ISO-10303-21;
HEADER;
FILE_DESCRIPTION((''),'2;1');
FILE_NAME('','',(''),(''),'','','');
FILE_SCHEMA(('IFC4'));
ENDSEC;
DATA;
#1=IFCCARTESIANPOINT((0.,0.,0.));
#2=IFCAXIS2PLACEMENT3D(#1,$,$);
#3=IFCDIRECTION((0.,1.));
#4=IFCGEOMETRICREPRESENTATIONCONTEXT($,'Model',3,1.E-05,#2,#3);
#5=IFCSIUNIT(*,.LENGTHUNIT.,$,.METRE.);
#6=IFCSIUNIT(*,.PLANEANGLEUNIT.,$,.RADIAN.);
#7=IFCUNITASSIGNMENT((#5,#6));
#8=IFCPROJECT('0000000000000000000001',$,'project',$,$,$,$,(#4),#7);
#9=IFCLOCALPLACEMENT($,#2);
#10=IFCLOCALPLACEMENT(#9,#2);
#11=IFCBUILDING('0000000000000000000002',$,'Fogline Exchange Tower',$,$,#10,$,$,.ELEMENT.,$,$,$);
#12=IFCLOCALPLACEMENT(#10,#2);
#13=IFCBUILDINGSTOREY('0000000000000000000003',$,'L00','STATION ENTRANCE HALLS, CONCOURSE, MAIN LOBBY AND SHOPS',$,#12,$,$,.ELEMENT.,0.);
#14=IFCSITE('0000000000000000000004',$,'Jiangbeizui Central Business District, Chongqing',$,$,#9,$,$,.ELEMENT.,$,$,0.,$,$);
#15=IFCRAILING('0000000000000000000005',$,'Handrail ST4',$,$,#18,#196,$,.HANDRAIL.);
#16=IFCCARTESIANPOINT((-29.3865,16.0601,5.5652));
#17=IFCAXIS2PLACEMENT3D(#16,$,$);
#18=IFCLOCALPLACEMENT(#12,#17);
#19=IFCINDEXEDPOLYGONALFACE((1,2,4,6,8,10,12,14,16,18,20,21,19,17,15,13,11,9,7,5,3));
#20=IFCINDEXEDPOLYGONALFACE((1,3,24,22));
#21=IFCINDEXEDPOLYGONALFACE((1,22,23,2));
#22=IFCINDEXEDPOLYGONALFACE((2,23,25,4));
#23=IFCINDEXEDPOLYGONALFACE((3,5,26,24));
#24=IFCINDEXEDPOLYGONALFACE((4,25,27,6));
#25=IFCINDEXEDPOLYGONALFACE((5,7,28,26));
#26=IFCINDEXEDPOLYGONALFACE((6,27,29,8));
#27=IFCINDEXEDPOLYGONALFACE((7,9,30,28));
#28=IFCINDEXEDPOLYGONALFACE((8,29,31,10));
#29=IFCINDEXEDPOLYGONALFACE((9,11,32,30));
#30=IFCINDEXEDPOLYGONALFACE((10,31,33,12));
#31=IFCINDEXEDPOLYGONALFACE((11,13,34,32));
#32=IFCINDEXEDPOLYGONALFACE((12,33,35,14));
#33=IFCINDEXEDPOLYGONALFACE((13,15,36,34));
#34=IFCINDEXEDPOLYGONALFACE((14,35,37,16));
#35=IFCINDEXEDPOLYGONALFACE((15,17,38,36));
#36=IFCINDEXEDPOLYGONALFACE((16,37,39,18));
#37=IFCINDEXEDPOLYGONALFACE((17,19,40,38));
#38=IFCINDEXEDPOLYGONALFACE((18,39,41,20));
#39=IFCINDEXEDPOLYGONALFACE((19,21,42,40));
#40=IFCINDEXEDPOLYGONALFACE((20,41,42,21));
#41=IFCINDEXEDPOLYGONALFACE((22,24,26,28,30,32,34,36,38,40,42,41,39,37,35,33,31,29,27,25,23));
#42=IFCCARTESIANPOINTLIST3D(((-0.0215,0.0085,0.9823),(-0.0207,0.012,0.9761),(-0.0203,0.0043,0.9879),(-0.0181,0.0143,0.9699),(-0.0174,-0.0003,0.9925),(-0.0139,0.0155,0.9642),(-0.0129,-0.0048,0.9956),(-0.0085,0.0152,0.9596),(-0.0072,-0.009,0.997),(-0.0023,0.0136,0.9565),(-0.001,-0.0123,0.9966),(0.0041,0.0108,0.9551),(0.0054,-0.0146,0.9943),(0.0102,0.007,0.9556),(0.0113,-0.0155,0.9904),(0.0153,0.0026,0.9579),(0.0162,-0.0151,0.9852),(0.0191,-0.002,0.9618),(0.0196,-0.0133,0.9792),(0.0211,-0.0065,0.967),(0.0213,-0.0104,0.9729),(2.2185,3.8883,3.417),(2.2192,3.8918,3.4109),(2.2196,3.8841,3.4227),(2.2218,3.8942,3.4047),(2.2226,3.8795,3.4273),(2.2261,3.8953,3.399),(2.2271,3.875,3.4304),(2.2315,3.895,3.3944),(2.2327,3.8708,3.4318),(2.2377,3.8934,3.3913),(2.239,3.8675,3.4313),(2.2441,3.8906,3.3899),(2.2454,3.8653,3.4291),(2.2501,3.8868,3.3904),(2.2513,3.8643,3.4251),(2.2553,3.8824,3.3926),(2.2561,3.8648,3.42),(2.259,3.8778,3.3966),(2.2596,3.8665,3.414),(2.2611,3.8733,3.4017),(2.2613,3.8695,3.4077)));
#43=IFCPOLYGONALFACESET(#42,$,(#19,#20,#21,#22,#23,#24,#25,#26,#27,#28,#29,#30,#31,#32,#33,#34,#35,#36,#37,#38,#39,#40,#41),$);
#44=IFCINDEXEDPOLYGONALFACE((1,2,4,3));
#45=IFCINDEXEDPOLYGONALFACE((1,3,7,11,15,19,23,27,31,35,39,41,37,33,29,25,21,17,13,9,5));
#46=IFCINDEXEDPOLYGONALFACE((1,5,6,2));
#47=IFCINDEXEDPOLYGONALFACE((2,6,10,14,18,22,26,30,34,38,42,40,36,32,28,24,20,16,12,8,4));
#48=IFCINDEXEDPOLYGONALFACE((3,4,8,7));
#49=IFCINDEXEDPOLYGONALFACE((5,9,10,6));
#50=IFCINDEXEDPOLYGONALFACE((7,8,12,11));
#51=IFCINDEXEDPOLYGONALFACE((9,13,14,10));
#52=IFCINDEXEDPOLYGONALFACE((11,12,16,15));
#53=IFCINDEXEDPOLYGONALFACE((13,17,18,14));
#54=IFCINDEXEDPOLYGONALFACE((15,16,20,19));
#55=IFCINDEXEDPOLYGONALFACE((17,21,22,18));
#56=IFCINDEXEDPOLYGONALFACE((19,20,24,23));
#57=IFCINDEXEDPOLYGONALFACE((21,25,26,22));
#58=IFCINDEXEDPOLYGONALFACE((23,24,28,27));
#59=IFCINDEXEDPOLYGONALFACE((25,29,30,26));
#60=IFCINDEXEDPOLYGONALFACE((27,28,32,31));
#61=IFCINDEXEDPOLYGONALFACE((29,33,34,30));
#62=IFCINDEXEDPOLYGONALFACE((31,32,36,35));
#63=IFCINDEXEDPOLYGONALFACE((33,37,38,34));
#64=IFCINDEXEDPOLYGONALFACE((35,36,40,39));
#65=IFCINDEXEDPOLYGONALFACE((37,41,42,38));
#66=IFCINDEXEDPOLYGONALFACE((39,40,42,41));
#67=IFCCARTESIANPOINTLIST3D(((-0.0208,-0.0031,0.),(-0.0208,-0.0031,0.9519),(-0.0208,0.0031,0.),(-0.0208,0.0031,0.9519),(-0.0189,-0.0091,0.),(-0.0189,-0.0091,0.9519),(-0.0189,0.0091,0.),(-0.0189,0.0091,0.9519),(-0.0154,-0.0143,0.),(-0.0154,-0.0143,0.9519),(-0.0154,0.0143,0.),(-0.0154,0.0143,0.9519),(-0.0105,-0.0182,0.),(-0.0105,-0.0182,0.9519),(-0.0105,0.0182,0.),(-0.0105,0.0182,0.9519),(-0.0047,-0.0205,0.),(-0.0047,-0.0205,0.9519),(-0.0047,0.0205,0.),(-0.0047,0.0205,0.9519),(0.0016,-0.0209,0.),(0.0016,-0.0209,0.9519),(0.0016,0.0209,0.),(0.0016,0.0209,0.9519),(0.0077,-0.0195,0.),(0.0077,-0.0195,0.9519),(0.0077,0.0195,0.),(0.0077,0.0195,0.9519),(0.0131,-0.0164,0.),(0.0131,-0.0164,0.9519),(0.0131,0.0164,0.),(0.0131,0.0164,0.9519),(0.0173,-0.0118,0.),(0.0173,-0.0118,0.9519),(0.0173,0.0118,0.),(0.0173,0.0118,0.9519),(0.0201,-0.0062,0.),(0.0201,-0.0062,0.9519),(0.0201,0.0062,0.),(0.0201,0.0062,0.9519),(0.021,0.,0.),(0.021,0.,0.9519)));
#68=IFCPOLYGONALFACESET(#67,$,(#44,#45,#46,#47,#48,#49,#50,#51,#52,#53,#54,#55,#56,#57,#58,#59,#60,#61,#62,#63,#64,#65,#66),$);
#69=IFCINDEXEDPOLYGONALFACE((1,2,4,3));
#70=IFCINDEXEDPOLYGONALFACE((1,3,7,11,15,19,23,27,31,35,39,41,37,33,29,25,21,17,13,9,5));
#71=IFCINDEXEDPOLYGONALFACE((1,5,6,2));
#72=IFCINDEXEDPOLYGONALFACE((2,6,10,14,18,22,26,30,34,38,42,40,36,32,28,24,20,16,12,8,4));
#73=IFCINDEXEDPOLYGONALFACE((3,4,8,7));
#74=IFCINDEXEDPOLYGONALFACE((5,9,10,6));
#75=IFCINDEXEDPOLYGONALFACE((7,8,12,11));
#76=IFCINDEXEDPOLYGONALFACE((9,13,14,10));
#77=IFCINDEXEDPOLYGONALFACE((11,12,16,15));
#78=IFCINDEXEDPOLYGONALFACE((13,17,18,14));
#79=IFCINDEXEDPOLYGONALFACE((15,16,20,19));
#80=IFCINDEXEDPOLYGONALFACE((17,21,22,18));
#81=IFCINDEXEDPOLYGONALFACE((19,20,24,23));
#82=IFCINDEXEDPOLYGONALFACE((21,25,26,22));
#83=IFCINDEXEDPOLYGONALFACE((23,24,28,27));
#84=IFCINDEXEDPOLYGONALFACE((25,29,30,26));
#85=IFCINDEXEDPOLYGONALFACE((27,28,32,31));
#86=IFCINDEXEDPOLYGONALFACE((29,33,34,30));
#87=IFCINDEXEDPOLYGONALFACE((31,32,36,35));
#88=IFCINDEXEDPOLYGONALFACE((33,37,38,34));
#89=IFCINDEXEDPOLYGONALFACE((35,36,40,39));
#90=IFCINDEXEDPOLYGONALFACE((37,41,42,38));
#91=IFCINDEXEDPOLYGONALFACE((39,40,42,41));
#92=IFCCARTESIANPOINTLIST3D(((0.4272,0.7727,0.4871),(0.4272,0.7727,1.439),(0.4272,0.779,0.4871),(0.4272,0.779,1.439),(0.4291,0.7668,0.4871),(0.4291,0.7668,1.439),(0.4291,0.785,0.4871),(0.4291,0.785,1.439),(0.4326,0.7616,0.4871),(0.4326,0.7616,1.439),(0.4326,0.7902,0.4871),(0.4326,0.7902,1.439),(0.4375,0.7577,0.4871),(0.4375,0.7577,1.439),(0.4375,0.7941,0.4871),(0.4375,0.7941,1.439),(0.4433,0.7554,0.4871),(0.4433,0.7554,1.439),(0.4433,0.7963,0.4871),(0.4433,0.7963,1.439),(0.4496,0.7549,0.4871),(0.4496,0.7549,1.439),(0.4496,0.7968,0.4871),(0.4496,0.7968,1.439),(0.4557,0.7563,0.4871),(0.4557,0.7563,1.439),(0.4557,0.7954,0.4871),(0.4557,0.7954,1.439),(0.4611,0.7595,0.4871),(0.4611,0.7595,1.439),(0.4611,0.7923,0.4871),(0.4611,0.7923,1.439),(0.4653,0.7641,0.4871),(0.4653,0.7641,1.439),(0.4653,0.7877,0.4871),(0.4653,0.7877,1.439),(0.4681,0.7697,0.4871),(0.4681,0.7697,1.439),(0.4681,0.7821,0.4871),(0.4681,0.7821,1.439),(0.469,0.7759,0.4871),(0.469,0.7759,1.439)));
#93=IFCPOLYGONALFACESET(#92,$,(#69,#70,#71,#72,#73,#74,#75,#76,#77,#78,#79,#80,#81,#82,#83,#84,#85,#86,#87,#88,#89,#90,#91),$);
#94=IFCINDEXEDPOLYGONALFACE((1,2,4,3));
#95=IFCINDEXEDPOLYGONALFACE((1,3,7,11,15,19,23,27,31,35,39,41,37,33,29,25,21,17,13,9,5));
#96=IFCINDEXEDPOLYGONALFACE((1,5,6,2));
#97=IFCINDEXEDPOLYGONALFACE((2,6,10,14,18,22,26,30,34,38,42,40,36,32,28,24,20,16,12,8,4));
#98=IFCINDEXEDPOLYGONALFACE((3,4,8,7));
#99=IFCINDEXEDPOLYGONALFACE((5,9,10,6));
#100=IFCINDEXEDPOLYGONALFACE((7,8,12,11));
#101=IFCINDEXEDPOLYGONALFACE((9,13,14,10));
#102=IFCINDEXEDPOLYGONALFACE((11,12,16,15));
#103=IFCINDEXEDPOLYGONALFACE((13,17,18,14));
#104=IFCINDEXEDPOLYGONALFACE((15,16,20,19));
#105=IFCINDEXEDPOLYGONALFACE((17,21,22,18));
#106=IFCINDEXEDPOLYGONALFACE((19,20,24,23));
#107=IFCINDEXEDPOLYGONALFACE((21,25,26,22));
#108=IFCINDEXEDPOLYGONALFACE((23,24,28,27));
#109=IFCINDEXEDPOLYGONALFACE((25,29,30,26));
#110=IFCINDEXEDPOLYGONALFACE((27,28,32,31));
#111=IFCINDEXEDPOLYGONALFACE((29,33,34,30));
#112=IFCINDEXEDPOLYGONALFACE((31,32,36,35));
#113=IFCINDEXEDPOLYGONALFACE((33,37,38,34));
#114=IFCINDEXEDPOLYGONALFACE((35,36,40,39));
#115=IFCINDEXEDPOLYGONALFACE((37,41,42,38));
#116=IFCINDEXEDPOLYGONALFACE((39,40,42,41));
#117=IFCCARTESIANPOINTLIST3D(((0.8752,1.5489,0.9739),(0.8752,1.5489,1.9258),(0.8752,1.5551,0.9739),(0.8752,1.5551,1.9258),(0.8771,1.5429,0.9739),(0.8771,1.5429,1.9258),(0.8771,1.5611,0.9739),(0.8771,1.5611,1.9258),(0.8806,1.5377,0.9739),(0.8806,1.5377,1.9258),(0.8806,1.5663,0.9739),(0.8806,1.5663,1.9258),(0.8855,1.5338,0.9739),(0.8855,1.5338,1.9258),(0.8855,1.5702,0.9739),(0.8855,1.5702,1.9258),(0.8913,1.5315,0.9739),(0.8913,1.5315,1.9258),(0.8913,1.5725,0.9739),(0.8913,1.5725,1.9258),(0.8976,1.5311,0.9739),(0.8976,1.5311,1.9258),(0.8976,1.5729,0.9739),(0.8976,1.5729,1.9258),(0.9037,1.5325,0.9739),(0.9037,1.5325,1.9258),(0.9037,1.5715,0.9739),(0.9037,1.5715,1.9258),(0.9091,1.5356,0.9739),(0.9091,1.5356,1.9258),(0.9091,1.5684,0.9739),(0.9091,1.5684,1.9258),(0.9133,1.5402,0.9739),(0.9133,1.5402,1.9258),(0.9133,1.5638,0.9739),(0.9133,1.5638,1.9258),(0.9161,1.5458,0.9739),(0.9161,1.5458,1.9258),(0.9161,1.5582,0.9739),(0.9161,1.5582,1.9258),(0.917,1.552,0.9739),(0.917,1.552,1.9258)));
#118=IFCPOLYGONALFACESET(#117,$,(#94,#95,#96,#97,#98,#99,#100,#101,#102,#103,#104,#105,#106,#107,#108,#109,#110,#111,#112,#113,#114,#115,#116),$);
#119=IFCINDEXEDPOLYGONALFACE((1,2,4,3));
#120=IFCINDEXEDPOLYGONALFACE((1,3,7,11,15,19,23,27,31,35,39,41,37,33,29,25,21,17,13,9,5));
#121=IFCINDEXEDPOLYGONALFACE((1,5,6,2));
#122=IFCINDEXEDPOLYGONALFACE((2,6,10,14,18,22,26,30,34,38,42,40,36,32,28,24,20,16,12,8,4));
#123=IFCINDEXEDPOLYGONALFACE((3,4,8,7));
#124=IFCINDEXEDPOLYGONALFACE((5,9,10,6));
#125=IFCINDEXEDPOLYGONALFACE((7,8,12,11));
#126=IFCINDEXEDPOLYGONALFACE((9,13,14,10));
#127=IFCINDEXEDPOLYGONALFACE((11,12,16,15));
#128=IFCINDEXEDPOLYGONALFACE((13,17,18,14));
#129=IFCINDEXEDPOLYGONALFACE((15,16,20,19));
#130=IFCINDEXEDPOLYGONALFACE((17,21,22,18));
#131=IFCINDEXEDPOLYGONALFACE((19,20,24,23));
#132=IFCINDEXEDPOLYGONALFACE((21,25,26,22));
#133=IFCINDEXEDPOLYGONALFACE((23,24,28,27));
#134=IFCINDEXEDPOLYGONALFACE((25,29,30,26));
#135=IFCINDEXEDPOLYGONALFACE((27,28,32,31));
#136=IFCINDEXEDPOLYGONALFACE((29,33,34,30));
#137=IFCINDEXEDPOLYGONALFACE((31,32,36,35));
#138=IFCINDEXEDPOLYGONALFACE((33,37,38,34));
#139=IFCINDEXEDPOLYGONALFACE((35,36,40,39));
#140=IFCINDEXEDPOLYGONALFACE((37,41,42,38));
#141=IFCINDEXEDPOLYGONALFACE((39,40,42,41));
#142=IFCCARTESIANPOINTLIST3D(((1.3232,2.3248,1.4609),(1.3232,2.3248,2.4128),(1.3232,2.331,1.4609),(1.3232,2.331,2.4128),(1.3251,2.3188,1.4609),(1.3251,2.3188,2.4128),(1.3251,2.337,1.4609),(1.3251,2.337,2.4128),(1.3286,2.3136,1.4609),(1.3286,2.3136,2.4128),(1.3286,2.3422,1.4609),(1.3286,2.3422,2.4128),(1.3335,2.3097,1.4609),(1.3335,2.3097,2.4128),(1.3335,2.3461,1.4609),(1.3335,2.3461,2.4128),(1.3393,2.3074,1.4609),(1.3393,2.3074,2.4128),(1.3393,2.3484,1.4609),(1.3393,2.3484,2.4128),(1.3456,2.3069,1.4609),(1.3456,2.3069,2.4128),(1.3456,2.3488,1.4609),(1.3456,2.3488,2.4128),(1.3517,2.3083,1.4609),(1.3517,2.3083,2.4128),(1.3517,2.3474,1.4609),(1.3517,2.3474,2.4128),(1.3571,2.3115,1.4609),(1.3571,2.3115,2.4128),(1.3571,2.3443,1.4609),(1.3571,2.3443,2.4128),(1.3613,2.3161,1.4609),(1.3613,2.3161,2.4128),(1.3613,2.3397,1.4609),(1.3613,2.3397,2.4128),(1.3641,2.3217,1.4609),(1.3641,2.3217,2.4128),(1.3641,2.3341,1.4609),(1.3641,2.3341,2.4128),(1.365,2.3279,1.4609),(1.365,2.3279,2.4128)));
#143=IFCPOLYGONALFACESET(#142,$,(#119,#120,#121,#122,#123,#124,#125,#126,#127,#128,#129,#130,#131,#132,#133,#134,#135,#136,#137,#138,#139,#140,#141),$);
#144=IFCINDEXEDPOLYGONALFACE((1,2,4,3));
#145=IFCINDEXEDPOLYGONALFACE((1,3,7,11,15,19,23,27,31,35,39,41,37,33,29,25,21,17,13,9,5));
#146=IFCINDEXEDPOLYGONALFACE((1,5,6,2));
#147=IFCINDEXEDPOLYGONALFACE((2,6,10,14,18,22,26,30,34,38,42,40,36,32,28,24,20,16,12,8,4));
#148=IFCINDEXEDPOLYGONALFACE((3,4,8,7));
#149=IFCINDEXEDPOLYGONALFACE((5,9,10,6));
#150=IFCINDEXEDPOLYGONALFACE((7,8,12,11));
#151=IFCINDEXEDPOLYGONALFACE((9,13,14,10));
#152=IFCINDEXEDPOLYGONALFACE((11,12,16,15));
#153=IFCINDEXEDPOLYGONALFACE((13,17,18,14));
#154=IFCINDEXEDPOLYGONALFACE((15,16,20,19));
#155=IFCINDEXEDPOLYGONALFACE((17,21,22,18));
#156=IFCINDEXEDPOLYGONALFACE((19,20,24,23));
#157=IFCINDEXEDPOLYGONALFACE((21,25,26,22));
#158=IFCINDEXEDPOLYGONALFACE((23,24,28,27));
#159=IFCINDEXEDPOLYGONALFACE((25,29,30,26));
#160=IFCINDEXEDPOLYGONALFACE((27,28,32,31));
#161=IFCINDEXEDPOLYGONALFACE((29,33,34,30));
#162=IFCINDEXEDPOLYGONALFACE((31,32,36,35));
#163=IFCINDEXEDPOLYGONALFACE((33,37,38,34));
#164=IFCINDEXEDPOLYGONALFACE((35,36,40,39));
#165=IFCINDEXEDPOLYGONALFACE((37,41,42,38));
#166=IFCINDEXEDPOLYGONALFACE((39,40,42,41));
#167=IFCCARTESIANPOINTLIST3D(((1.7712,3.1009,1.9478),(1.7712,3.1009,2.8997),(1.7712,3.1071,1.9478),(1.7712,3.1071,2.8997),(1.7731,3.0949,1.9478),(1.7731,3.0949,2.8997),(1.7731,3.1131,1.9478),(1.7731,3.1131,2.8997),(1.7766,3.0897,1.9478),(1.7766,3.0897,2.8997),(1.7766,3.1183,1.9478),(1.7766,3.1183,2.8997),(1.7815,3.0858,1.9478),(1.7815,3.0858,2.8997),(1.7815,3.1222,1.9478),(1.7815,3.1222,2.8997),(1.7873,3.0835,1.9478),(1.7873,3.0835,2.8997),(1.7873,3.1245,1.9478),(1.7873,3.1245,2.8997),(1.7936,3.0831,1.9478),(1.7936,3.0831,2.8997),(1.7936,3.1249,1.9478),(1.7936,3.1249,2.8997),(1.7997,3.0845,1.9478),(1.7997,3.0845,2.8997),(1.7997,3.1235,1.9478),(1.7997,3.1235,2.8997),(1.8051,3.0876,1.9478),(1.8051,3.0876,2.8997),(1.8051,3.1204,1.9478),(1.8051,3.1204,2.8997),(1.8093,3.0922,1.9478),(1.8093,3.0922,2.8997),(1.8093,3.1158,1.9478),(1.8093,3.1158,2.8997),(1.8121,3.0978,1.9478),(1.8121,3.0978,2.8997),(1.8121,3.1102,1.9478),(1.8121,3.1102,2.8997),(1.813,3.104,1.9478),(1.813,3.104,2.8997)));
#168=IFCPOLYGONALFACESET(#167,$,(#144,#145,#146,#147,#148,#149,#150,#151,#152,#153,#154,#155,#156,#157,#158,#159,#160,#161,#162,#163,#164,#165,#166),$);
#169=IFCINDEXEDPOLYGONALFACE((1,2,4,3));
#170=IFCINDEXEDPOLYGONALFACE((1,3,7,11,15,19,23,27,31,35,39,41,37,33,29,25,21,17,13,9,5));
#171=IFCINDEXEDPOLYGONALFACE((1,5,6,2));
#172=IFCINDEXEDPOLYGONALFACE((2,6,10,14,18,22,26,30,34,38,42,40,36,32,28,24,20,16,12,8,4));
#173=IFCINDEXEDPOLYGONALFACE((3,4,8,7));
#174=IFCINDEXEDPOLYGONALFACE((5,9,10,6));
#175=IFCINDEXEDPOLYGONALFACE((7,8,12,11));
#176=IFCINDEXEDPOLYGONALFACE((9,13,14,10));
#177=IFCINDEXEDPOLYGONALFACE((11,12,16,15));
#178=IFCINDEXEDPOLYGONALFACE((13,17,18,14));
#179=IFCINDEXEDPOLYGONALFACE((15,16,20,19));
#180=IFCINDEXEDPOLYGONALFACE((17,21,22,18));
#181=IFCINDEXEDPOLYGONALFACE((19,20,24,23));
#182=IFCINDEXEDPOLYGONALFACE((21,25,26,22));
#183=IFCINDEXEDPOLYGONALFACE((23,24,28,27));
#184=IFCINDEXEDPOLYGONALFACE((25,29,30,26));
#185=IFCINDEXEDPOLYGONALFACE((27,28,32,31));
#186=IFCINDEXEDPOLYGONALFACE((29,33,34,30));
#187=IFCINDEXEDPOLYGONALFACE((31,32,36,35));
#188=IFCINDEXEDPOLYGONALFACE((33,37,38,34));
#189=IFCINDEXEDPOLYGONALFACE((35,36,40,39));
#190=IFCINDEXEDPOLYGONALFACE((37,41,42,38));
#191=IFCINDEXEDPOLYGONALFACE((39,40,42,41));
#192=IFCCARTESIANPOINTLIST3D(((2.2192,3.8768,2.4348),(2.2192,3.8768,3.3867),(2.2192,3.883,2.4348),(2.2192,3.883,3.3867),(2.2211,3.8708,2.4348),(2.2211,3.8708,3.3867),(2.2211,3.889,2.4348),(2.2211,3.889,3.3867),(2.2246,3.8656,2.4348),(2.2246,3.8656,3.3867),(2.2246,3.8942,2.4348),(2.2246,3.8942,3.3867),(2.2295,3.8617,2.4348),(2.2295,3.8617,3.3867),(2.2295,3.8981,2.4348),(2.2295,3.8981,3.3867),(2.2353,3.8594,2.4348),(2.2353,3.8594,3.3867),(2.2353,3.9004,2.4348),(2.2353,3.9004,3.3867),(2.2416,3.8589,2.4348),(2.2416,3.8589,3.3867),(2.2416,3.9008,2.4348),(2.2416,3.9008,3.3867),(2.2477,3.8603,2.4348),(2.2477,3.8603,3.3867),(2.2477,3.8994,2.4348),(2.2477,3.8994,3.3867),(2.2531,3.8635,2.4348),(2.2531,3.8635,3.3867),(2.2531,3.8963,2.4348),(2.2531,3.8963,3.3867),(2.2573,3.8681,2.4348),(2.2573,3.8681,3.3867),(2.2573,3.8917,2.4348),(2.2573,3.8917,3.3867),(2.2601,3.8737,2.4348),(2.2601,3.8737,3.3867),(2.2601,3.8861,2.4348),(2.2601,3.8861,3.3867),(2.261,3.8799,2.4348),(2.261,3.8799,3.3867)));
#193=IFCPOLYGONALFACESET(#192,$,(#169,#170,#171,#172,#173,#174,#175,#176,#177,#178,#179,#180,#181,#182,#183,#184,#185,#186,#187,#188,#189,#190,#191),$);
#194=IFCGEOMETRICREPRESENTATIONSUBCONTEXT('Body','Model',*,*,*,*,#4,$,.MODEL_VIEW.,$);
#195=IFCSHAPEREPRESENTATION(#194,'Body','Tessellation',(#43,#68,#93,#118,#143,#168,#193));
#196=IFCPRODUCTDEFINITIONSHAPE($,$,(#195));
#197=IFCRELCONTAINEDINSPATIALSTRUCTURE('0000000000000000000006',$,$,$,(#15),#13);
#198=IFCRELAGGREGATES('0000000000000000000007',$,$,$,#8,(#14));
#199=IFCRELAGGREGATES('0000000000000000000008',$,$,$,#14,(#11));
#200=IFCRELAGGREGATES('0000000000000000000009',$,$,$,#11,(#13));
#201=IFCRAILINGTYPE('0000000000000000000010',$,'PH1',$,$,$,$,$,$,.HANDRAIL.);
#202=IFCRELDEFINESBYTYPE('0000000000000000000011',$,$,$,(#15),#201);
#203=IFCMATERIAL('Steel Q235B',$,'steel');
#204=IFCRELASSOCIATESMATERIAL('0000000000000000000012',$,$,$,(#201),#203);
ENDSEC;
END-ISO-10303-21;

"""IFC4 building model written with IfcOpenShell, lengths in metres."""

from ifc_helpers import new_model, si_unit, direction, frame, origin, origin_2d, place, context, subcontext, project, spatial, circle, extrude, material, type_object, element, save


model = new_model("IFC4")

# Units and contexts
model_context = context("Model", 3, precision=1e-05, world=origin(), true_north=direction((0.0, 1.0)))
body_context = subcontext(model_context, "Body", "Model", "MODEL_VIEW")
ifc_project = project(units=[si_unit("LENGTHUNIT", "METRE"), si_unit("PLANEANGLEUNIT", "RADIAN")], contexts=[model_context])

# Site, building, storey
site_placement = place(None, origin())
site = spatial("IfcSite", under=ifc_project, at=site_placement, Name="Jiangbeizui Central Business District, Chongqing", CompositionType="ELEMENT", RefElevation=0.0)
building_placement = place(site_placement, origin())
building = spatial("IfcBuilding", under=site, at=building_placement, Name="Fogline Exchange Tower", CompositionType="ELEMENT")
storey_placement = place(building_placement, origin())
storey = spatial("IfcBuildingStorey", under=building, at=storey_placement, Name="L00", Description="STATION ENTRANCE HALLS, CONCOURSE, MAIN LOBBY AND SHOPS", CompositionType="ELEMENT", Elevation=0.0)

# Railing
ifc_material_1 = material(Name="Steel Q235B", Category="steel")
railing_type_1 = type_object("IfcRailingType", Name="PH1", PredefinedType="HANDRAIL", material=ifc_material_1)
for number, where, name in (
    (1, (-29.3865, 16.0601, 5.5652), "Handrail ST4"),
):
    element("IfcRailing", number, at=place(storey_placement, frame(where)), inside=storey, type_object=railing_type_1, Name=name, PredefinedType="HANDRAIL", context=body_context, shape_type="SweptSolid", body=[
        extrude(circle(Radius=0.0239, at=origin_2d()), frame((0.0, 0.0, 0.9761), z_axis=(0.439304, 0.760917, 0.477512), x_axis=(-0.866031, 0.49999, 0.0)), (0.0, 0.0, 1.0), 5.0989),
        extrude(circle(Radius=0.021, at=origin_2d()), origin(), (0.0, 0.0, 1.0), 0.9519),
        extrude(circle(Radius=0.021, at=origin_2d()), frame((0.448, 0.7759, 0.4871)), (0.0, 0.0, 1.0), 0.9519),
        extrude(circle(Radius=0.021, at=origin_2d()), frame((0.896, 1.552, 0.9739)), (0.0, 0.0, 1.0), 0.9519),
        extrude(circle(Radius=0.021, at=origin_2d()), frame((1.344, 2.3279, 1.4609)), (0.0, 0.0, 1.0), 0.9519),
        extrude(circle(Radius=0.021, at=origin_2d()), frame((1.792, 3.104, 1.9478)), (0.0, 0.0, 1.0), 0.9519),
        extrude(circle(Radius=0.021, at=origin_2d()), frame((2.24, 3.8799, 2.4348)), (0.0, 0.0, 1.0), 0.9519),
    ])

save(model, "model.ifc")
